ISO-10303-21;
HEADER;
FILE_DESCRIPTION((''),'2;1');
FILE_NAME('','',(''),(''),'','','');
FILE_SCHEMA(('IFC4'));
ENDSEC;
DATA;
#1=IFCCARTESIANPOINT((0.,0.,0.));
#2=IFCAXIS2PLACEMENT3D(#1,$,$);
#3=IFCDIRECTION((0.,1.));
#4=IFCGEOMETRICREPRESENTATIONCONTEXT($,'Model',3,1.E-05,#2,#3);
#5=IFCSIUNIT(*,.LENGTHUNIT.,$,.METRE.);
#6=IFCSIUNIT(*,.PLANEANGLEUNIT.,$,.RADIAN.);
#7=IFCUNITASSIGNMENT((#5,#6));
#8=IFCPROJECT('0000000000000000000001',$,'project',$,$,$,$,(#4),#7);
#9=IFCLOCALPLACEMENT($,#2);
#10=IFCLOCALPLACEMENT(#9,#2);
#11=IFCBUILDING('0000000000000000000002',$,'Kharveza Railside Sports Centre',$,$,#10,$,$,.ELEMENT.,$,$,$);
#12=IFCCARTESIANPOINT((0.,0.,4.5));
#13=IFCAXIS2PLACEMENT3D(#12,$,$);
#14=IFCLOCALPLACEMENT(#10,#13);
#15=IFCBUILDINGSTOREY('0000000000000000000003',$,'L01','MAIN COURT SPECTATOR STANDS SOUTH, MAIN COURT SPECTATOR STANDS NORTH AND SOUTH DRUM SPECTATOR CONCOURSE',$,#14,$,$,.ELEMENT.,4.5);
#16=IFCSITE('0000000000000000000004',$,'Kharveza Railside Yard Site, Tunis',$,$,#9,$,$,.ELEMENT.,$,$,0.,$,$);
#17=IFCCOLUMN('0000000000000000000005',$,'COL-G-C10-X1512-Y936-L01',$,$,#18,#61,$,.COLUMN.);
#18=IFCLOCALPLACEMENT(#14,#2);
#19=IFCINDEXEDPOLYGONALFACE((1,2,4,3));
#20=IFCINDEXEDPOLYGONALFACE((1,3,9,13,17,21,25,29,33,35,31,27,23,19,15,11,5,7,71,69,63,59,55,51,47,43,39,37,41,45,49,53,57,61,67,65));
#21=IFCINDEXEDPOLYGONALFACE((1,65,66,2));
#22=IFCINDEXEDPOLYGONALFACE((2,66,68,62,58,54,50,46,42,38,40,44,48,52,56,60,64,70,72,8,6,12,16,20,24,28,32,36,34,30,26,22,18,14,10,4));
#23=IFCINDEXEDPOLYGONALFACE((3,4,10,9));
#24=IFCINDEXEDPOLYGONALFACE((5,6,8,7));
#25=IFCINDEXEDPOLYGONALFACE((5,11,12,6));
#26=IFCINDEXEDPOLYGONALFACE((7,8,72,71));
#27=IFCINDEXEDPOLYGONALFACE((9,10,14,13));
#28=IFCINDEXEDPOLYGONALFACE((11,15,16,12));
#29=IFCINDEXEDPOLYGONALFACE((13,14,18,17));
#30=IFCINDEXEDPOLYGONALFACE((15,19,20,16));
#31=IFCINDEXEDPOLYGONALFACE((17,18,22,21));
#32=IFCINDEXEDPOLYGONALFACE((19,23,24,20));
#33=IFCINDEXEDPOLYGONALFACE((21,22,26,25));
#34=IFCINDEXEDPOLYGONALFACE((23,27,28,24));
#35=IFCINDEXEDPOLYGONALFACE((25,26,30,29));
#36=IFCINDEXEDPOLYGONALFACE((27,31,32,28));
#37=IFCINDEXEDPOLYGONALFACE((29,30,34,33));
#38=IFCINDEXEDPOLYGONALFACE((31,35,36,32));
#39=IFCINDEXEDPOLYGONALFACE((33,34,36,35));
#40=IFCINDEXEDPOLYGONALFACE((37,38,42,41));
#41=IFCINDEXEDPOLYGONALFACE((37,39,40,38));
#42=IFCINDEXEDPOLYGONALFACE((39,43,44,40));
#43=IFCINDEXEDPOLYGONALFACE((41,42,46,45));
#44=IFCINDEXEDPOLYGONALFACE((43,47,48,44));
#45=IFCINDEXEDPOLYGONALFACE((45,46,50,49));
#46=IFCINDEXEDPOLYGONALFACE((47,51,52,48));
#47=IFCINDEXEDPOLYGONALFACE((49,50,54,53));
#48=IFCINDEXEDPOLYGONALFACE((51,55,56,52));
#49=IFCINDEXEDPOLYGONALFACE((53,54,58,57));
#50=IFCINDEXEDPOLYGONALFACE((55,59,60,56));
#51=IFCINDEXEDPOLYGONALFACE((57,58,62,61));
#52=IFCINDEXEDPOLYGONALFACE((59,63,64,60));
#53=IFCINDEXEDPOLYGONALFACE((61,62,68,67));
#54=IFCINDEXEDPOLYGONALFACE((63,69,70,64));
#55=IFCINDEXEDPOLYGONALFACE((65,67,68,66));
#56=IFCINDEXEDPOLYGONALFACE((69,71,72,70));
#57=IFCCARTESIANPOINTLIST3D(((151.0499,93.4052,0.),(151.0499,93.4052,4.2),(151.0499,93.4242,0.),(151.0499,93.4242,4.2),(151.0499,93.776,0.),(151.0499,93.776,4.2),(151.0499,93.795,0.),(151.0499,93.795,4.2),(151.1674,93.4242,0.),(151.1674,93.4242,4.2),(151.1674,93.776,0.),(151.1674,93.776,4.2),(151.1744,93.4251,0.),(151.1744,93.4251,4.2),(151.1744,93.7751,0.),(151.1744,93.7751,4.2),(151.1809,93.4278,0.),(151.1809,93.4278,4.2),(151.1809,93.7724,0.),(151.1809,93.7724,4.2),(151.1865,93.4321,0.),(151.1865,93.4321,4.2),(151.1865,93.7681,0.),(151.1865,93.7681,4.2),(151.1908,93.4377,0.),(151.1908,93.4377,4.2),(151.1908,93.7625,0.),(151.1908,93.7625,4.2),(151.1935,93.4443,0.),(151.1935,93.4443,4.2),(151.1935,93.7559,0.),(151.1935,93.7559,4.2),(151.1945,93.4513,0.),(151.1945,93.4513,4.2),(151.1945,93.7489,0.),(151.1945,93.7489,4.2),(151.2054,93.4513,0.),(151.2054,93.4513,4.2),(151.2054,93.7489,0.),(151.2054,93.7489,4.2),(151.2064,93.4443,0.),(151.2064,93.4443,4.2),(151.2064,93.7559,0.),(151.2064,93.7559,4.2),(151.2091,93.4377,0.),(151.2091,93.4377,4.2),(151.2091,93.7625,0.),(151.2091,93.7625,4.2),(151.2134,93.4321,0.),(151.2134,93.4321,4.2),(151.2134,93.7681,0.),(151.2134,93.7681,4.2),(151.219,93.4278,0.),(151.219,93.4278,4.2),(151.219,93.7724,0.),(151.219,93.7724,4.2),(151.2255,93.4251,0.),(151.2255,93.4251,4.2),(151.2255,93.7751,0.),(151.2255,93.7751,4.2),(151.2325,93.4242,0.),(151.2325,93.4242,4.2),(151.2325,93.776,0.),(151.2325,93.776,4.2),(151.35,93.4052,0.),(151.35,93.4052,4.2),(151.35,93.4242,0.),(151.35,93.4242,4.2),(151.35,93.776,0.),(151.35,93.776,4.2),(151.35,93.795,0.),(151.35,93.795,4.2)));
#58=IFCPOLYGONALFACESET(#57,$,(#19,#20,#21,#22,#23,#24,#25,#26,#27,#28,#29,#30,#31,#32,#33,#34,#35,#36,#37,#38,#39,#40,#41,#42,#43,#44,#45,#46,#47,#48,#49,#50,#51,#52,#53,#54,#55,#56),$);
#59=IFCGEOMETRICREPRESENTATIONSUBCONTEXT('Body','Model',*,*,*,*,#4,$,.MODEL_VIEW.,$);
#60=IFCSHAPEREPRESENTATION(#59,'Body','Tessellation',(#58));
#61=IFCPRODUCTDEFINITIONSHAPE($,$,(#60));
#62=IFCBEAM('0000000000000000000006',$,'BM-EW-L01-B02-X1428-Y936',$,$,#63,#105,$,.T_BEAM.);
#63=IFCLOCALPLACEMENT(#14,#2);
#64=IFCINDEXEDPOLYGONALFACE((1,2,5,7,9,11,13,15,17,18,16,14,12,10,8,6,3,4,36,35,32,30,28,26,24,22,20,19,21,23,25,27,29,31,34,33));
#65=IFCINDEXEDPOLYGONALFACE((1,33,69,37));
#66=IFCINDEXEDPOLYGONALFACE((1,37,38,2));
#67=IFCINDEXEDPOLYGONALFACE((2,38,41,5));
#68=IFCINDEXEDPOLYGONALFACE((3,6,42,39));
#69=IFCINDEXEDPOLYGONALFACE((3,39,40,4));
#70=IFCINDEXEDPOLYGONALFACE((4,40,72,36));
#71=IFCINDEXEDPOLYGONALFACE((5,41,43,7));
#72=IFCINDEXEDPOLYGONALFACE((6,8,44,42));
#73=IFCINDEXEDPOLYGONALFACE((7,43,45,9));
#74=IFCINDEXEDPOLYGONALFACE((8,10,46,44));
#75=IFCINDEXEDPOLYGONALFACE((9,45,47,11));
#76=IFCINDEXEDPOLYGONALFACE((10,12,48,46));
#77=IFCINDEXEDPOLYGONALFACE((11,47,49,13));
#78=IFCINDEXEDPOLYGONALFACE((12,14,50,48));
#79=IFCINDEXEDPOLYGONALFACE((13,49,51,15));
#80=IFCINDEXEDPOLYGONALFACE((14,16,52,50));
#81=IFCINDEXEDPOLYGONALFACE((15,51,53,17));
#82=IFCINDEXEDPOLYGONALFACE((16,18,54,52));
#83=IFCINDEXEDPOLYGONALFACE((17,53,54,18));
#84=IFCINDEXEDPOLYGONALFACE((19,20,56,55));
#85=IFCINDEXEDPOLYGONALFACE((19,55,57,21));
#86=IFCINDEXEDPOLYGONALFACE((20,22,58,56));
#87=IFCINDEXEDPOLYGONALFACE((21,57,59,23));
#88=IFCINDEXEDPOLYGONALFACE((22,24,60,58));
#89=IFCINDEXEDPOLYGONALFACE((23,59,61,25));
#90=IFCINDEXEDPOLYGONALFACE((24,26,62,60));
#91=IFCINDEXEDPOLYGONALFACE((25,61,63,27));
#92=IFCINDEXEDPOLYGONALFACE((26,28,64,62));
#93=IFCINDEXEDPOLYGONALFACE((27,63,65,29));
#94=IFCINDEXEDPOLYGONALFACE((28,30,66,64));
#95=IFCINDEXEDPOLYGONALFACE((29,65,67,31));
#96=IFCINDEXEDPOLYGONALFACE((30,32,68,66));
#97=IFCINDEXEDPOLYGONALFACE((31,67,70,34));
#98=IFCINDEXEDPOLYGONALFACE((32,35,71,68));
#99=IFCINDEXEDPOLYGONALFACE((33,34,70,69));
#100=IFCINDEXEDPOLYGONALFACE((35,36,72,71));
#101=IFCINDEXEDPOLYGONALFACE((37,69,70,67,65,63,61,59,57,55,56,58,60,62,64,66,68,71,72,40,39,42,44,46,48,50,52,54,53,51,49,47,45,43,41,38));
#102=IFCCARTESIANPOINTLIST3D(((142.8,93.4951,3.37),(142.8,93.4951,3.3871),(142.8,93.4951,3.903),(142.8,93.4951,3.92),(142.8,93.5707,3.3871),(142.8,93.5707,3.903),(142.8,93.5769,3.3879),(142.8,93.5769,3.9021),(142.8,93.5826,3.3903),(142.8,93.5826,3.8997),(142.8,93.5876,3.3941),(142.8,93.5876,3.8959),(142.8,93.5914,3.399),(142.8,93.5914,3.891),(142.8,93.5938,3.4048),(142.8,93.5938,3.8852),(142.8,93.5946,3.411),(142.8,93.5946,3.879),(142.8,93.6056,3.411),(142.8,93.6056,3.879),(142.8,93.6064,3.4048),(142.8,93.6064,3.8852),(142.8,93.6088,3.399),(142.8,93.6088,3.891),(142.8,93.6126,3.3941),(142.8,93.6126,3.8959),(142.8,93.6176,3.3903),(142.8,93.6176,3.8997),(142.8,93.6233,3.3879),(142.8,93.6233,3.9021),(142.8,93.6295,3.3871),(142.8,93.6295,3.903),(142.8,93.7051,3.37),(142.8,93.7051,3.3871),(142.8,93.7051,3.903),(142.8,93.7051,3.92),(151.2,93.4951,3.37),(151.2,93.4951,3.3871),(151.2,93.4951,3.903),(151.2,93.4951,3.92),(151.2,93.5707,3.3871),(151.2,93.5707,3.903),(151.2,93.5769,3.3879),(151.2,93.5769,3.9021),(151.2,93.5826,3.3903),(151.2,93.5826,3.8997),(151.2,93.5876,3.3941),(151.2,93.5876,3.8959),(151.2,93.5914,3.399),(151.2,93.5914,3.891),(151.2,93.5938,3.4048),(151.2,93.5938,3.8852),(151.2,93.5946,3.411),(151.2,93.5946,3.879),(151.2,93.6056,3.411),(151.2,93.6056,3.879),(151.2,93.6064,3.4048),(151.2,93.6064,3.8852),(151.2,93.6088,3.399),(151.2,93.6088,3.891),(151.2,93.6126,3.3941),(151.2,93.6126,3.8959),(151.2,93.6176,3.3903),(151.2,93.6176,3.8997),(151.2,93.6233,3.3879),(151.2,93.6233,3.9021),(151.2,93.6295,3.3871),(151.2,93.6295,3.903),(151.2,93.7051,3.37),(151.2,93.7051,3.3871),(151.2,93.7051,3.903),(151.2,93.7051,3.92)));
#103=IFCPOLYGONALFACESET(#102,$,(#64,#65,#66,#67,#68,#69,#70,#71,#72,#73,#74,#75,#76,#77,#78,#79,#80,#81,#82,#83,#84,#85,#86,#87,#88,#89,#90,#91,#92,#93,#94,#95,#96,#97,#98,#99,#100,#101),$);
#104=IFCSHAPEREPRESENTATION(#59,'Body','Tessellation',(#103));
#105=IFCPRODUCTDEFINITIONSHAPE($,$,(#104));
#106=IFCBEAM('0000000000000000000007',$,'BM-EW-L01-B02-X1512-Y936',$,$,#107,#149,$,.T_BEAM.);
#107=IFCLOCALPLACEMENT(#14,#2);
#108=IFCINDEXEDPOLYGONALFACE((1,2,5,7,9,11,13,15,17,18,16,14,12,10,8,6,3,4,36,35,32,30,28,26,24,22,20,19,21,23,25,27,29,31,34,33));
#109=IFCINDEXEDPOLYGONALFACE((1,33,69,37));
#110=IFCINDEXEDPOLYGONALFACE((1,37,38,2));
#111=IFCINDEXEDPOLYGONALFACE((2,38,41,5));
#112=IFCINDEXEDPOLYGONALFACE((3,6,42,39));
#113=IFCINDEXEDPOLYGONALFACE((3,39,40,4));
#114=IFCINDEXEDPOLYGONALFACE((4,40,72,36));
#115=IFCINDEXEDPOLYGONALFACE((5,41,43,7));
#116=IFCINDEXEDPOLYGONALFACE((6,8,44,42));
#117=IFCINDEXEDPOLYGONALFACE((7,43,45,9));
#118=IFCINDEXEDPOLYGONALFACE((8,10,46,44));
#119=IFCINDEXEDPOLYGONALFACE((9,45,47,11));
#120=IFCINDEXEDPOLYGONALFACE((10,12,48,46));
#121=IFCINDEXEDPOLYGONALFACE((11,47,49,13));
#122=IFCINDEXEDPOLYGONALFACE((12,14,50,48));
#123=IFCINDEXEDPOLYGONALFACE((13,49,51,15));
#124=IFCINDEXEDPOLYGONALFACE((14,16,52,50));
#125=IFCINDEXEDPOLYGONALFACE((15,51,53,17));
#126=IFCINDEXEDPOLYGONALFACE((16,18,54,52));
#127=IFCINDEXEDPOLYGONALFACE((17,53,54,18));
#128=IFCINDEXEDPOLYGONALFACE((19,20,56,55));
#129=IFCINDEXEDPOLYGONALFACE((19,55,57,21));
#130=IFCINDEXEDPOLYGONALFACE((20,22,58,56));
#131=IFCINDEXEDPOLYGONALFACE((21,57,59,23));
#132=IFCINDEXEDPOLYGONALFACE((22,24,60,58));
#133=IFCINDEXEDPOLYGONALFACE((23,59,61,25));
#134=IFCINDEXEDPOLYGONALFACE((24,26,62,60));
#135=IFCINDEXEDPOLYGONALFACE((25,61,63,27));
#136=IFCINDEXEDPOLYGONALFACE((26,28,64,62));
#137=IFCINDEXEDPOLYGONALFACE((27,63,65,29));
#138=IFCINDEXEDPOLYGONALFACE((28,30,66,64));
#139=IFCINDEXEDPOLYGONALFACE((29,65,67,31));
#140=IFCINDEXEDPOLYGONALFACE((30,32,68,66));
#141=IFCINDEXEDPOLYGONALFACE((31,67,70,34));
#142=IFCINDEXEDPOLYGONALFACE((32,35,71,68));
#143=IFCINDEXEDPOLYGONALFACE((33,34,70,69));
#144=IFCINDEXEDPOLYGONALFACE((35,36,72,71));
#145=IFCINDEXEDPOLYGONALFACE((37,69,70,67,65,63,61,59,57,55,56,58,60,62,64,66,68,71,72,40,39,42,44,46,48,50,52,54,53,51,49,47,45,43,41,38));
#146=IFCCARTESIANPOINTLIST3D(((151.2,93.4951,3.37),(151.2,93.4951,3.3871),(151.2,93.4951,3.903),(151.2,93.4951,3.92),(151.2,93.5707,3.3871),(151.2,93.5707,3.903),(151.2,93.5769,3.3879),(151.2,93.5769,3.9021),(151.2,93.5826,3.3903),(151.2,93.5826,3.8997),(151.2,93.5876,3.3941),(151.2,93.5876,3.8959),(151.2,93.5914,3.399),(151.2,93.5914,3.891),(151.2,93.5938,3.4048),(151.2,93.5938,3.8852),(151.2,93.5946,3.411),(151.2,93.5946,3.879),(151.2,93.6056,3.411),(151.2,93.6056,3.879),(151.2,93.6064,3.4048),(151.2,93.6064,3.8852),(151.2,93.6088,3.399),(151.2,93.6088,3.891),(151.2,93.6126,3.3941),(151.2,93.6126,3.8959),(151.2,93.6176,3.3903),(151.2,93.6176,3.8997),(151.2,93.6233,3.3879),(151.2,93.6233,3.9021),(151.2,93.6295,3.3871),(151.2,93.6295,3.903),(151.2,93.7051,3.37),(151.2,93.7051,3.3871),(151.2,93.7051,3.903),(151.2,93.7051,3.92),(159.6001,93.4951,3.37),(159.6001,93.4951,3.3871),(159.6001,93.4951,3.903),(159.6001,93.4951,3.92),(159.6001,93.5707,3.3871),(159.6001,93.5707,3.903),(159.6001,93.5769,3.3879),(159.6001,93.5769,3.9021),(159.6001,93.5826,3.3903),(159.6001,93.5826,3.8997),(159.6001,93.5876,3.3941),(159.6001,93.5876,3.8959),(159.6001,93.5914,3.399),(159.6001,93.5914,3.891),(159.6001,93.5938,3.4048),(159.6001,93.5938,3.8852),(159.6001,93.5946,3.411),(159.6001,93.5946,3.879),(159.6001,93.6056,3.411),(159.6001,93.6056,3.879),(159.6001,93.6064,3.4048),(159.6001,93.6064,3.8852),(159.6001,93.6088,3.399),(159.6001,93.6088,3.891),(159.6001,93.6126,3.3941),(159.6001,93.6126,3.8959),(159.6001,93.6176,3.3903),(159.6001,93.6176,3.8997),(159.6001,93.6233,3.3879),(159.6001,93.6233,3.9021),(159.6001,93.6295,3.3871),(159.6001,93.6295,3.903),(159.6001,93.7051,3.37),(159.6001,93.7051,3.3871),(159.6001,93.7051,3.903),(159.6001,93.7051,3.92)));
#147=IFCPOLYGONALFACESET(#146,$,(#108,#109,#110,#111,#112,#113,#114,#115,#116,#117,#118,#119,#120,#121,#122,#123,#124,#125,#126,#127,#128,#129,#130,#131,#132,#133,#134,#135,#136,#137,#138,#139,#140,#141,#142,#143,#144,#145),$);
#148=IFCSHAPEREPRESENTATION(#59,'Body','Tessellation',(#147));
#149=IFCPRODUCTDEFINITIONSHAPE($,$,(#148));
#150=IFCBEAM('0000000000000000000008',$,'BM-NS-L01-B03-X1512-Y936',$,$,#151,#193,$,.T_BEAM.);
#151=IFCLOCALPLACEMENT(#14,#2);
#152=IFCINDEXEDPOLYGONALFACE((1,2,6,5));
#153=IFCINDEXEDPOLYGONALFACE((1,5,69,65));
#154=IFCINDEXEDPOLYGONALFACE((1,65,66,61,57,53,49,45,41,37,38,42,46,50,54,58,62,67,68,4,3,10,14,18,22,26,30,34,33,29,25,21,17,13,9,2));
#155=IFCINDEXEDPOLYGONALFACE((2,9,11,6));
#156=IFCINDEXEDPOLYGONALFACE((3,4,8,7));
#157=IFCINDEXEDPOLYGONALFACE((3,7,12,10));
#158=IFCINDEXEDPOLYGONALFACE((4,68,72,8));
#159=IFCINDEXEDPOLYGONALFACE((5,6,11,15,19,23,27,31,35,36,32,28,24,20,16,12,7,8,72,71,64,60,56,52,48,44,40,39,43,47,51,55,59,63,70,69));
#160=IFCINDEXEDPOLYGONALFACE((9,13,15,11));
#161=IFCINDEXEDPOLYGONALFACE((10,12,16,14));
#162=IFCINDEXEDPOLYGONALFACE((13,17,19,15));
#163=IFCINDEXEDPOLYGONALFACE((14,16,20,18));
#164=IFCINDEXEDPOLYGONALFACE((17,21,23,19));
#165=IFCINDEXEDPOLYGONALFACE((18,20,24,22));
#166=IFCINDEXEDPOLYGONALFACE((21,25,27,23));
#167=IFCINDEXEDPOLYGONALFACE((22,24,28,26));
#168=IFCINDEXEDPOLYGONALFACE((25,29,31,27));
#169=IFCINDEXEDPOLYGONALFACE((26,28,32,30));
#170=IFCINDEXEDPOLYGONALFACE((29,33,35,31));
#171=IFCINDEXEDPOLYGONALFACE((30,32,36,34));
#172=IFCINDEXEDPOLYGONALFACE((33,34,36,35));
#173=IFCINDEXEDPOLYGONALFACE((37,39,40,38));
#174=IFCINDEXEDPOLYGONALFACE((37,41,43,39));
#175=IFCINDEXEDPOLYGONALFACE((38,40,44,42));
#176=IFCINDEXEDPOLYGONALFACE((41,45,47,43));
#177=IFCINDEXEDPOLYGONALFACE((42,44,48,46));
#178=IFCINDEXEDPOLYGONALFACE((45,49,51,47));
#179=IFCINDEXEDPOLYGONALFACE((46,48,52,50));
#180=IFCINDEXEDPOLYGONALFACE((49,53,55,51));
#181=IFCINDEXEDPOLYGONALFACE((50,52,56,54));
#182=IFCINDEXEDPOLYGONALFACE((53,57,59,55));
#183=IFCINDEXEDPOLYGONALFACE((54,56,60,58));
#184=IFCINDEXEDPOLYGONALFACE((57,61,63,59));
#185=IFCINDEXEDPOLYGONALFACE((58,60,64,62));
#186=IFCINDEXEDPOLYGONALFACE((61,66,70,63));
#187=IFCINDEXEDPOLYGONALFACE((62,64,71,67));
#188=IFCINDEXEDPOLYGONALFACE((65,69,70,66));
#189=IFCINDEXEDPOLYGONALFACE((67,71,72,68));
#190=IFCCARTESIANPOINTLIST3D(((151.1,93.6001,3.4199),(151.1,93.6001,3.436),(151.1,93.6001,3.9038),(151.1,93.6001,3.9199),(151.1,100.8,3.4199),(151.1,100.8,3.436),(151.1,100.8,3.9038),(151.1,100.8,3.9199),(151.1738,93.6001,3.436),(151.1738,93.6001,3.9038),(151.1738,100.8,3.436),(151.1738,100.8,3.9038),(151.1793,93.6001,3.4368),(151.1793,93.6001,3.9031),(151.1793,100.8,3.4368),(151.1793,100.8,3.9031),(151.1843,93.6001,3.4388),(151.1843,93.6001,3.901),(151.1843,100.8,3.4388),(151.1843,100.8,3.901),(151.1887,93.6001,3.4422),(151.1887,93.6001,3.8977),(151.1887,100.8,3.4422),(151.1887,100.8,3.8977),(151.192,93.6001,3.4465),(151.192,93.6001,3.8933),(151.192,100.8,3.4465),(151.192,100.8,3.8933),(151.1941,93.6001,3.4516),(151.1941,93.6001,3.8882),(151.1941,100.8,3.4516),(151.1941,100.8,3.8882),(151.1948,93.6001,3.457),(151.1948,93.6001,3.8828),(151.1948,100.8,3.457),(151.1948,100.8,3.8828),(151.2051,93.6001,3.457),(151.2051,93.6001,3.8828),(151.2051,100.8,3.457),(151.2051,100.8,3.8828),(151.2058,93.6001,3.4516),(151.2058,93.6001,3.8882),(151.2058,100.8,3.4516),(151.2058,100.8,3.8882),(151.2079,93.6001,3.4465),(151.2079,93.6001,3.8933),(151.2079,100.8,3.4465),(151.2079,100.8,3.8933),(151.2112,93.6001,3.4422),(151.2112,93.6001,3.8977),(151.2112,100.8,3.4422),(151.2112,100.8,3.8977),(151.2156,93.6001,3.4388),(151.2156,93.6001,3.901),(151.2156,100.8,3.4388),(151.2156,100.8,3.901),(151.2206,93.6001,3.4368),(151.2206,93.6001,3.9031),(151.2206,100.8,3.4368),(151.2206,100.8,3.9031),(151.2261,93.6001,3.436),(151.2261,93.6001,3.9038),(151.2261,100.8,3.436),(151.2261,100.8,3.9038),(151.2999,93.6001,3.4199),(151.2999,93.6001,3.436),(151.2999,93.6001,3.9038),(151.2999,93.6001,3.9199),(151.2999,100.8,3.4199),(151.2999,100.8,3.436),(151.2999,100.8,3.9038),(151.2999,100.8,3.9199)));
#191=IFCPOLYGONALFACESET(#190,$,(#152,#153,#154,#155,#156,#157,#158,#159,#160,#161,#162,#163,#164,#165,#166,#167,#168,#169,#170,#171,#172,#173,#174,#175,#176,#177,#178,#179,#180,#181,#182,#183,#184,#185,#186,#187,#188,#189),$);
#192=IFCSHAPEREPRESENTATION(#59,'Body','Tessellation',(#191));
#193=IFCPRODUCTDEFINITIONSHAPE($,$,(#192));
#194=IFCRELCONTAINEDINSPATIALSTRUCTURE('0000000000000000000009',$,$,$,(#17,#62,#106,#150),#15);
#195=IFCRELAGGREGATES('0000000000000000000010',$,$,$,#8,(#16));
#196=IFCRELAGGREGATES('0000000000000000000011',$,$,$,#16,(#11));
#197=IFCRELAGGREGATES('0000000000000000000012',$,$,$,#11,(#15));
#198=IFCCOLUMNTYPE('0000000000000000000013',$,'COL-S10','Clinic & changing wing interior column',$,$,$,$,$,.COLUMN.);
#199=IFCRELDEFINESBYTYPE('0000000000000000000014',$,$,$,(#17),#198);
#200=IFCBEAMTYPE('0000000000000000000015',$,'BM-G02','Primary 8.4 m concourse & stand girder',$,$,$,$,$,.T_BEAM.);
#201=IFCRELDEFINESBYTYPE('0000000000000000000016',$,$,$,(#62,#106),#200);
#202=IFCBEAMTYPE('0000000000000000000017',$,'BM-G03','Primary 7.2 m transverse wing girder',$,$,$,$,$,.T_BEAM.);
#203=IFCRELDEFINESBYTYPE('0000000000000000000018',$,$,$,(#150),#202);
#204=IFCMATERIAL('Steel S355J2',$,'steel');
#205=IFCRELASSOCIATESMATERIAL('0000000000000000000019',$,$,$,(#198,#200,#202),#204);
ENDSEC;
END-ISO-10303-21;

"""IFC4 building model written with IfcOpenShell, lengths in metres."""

from ifc_helpers import new_model, si_unit, direction, frame, origin, origin_2d, place, context, subcontext, project, spatial, i_section, extrude, material, material_profile, profile_set, type_object, element, save


model = new_model("IFC4")

# Units and contexts
model_context = context("Model", 3, precision=1e-05, world=origin(), true_north=direction((0.0, 1.0)))
body_context = subcontext(model_context, "Body", "Model", "MODEL_VIEW")
ifc_project = project(units=[si_unit("LENGTHUNIT", "METRE"), si_unit("PLANEANGLEUNIT", "RADIAN")], contexts=[model_context])

# Site, building, storey
site_placement = place(None, origin())
site = spatial("IfcSite", under=ifc_project, at=site_placement, Name="Kharveza Railside Yard Site, Tunis", CompositionType="ELEMENT", RefElevation=0.0)
building_placement = place(site_placement, origin())
building = spatial("IfcBuilding", under=site, at=building_placement, Name="Kharveza Railside Sports Centre", CompositionType="ELEMENT")
storey_placement = place(building_placement, frame((0.0, 0.0, 4.5)))
storey = spatial("IfcBuildingStorey", under=building, at=storey_placement, Name="L01", Description="MAIN COURT SPECTATOR STANDS SOUTH, MAIN COURT SPECTATOR STANDS NORTH AND SOUTH DRUM SPECTATOR CONCOURSE", CompositionType="ELEMENT", Elevation=4.5)

# Column
ifc_material_1 = material(Name="Steel S355J2", Category="steel")
ifc_material_profile_1 = material_profile(ifc_material_1, i_section(OverallWidth=0.3, OverallDepth=0.3899, WebThickness=0.011, FlangeThickness=0.019, FilletRadius=0.0271, at=origin_2d()), Name="HEA 400")
ifc_profile_set_1 = profile_set([ifc_material_profile_1], Name="Steel S355J2")
column_type_1 = type_object("IfcColumnType", Name="COL-S10", Description="Clinic & changing wing interior column", PredefinedType="COLUMN", material=ifc_profile_set_1)
for number, where, z_axis, x_axis, name in (
    (1, (151.2, 93.6001, 0.0), (0.0, 0.0, 1.0), (1.0, 0.0, 0.0), "COL-G-C10-X1512-Y936-L01"),
):
    element("IfcColumn", number, at=place(storey_placement, frame(where, z_axis=z_axis, x_axis=x_axis)), inside=storey, type_object=column_type_1, Name=name, PredefinedType="COLUMN", context=body_context, shape_type="SweptSolid", body=[
        extrude(i_section(OverallWidth=0.3, OverallDepth=0.3899, WebThickness=0.011, FlangeThickness=0.019, FilletRadius=0.0271, at=origin_2d()), origin(), (0.0, 0.0, 1.0), 4.2),
    ])

# Beams
ifc_material_profile_2 = material_profile(ifc_material_1, i_section(OverallWidth=0.21, OverallDepth=0.55, WebThickness=0.011, FlangeThickness=0.0171, FilletRadius=0.0239, at=origin_2d()), Name="IPE 550")
ifc_profile_set_2 = profile_set([ifc_material_profile_2], Name="Steel S355J2")
beam_type_1 = type_object("IfcBeamType", Name="BM-G02", Description="Primary 8.4 m concourse & stand girder", PredefinedType="T_BEAM", material=ifc_profile_set_2)
beam_1_placement = place(storey_placement, frame((142.8, 93.6001, 3.645), z_axis=(1.0, 0.0, 0.0), x_axis=(0.0, 1.0, 0.0)))
element("IfcBeam", 2, at=beam_1_placement, inside=storey, type_object=beam_type_1, Name="BM-EW-L01-B02-X1428-Y936", PredefinedType="T_BEAM", context=body_context, shape_type="SweptSolid", body=[
    extrude(i_section(OverallWidth=0.21, OverallDepth=0.55, WebThickness=0.011, FlangeThickness=0.0171, FilletRadius=0.0239, at=origin_2d()), origin(), (0.0, 0.0, 1.0), 8.3999),
])
beam_2_placement = place(storey_placement, frame((151.2, 93.6001, 3.645), z_axis=(1.0, 0.0, 0.0), x_axis=(0.0, 1.0, 0.0)))
element("IfcBeam", 3, at=beam_2_placement, inside=storey, type_object=beam_type_1, Name="BM-EW-L01-B02-X1512-Y936", PredefinedType="T_BEAM", context=body_context, shape_type="SweptSolid", body=[
    extrude(i_section(OverallWidth=0.21, OverallDepth=0.55, WebThickness=0.011, FlangeThickness=0.0171, FilletRadius=0.0239, at=origin_2d()), origin(), (0.0, 0.0, 1.0), 8.4001),
])
ifc_material_profile_3 = material_profile(ifc_material_1, i_section(OverallWidth=0.2, OverallDepth=0.5, WebThickness=0.0103, FlangeThickness=0.0161, FilletRadius=0.021, at=origin_2d()), Name="IPE 500")
ifc_profile_set_3 = profile_set([ifc_material_profile_3], Name="Steel S355J2")
beam_type_2 = type_object("IfcBeamType", Name="BM-G03", Description="Primary 7.2 m transverse wing girder", PredefinedType="T_BEAM", material=ifc_profile_set_3)
beam_3_placement = place(storey_placement, frame((151.2, 93.6001, 3.6699), z_axis=(0.0, 1.0, 0.0), x_axis=(-1.0, 0.0, 0.0)))
element("IfcBeam", 4, at=beam_3_placement, inside=storey, type_object=beam_type_2, Name="BM-NS-L01-B03-X1512-Y936", PredefinedType="T_BEAM", context=body_context, shape_type="SweptSolid", body=[
    extrude(i_section(OverallWidth=0.2, OverallDepth=0.5, WebThickness=0.0103, FlangeThickness=0.0161, FilletRadius=0.021, at=origin_2d()), origin(), (0.0, 0.0, 1.0), 7.2),
])

save(model, "model.ifc")
